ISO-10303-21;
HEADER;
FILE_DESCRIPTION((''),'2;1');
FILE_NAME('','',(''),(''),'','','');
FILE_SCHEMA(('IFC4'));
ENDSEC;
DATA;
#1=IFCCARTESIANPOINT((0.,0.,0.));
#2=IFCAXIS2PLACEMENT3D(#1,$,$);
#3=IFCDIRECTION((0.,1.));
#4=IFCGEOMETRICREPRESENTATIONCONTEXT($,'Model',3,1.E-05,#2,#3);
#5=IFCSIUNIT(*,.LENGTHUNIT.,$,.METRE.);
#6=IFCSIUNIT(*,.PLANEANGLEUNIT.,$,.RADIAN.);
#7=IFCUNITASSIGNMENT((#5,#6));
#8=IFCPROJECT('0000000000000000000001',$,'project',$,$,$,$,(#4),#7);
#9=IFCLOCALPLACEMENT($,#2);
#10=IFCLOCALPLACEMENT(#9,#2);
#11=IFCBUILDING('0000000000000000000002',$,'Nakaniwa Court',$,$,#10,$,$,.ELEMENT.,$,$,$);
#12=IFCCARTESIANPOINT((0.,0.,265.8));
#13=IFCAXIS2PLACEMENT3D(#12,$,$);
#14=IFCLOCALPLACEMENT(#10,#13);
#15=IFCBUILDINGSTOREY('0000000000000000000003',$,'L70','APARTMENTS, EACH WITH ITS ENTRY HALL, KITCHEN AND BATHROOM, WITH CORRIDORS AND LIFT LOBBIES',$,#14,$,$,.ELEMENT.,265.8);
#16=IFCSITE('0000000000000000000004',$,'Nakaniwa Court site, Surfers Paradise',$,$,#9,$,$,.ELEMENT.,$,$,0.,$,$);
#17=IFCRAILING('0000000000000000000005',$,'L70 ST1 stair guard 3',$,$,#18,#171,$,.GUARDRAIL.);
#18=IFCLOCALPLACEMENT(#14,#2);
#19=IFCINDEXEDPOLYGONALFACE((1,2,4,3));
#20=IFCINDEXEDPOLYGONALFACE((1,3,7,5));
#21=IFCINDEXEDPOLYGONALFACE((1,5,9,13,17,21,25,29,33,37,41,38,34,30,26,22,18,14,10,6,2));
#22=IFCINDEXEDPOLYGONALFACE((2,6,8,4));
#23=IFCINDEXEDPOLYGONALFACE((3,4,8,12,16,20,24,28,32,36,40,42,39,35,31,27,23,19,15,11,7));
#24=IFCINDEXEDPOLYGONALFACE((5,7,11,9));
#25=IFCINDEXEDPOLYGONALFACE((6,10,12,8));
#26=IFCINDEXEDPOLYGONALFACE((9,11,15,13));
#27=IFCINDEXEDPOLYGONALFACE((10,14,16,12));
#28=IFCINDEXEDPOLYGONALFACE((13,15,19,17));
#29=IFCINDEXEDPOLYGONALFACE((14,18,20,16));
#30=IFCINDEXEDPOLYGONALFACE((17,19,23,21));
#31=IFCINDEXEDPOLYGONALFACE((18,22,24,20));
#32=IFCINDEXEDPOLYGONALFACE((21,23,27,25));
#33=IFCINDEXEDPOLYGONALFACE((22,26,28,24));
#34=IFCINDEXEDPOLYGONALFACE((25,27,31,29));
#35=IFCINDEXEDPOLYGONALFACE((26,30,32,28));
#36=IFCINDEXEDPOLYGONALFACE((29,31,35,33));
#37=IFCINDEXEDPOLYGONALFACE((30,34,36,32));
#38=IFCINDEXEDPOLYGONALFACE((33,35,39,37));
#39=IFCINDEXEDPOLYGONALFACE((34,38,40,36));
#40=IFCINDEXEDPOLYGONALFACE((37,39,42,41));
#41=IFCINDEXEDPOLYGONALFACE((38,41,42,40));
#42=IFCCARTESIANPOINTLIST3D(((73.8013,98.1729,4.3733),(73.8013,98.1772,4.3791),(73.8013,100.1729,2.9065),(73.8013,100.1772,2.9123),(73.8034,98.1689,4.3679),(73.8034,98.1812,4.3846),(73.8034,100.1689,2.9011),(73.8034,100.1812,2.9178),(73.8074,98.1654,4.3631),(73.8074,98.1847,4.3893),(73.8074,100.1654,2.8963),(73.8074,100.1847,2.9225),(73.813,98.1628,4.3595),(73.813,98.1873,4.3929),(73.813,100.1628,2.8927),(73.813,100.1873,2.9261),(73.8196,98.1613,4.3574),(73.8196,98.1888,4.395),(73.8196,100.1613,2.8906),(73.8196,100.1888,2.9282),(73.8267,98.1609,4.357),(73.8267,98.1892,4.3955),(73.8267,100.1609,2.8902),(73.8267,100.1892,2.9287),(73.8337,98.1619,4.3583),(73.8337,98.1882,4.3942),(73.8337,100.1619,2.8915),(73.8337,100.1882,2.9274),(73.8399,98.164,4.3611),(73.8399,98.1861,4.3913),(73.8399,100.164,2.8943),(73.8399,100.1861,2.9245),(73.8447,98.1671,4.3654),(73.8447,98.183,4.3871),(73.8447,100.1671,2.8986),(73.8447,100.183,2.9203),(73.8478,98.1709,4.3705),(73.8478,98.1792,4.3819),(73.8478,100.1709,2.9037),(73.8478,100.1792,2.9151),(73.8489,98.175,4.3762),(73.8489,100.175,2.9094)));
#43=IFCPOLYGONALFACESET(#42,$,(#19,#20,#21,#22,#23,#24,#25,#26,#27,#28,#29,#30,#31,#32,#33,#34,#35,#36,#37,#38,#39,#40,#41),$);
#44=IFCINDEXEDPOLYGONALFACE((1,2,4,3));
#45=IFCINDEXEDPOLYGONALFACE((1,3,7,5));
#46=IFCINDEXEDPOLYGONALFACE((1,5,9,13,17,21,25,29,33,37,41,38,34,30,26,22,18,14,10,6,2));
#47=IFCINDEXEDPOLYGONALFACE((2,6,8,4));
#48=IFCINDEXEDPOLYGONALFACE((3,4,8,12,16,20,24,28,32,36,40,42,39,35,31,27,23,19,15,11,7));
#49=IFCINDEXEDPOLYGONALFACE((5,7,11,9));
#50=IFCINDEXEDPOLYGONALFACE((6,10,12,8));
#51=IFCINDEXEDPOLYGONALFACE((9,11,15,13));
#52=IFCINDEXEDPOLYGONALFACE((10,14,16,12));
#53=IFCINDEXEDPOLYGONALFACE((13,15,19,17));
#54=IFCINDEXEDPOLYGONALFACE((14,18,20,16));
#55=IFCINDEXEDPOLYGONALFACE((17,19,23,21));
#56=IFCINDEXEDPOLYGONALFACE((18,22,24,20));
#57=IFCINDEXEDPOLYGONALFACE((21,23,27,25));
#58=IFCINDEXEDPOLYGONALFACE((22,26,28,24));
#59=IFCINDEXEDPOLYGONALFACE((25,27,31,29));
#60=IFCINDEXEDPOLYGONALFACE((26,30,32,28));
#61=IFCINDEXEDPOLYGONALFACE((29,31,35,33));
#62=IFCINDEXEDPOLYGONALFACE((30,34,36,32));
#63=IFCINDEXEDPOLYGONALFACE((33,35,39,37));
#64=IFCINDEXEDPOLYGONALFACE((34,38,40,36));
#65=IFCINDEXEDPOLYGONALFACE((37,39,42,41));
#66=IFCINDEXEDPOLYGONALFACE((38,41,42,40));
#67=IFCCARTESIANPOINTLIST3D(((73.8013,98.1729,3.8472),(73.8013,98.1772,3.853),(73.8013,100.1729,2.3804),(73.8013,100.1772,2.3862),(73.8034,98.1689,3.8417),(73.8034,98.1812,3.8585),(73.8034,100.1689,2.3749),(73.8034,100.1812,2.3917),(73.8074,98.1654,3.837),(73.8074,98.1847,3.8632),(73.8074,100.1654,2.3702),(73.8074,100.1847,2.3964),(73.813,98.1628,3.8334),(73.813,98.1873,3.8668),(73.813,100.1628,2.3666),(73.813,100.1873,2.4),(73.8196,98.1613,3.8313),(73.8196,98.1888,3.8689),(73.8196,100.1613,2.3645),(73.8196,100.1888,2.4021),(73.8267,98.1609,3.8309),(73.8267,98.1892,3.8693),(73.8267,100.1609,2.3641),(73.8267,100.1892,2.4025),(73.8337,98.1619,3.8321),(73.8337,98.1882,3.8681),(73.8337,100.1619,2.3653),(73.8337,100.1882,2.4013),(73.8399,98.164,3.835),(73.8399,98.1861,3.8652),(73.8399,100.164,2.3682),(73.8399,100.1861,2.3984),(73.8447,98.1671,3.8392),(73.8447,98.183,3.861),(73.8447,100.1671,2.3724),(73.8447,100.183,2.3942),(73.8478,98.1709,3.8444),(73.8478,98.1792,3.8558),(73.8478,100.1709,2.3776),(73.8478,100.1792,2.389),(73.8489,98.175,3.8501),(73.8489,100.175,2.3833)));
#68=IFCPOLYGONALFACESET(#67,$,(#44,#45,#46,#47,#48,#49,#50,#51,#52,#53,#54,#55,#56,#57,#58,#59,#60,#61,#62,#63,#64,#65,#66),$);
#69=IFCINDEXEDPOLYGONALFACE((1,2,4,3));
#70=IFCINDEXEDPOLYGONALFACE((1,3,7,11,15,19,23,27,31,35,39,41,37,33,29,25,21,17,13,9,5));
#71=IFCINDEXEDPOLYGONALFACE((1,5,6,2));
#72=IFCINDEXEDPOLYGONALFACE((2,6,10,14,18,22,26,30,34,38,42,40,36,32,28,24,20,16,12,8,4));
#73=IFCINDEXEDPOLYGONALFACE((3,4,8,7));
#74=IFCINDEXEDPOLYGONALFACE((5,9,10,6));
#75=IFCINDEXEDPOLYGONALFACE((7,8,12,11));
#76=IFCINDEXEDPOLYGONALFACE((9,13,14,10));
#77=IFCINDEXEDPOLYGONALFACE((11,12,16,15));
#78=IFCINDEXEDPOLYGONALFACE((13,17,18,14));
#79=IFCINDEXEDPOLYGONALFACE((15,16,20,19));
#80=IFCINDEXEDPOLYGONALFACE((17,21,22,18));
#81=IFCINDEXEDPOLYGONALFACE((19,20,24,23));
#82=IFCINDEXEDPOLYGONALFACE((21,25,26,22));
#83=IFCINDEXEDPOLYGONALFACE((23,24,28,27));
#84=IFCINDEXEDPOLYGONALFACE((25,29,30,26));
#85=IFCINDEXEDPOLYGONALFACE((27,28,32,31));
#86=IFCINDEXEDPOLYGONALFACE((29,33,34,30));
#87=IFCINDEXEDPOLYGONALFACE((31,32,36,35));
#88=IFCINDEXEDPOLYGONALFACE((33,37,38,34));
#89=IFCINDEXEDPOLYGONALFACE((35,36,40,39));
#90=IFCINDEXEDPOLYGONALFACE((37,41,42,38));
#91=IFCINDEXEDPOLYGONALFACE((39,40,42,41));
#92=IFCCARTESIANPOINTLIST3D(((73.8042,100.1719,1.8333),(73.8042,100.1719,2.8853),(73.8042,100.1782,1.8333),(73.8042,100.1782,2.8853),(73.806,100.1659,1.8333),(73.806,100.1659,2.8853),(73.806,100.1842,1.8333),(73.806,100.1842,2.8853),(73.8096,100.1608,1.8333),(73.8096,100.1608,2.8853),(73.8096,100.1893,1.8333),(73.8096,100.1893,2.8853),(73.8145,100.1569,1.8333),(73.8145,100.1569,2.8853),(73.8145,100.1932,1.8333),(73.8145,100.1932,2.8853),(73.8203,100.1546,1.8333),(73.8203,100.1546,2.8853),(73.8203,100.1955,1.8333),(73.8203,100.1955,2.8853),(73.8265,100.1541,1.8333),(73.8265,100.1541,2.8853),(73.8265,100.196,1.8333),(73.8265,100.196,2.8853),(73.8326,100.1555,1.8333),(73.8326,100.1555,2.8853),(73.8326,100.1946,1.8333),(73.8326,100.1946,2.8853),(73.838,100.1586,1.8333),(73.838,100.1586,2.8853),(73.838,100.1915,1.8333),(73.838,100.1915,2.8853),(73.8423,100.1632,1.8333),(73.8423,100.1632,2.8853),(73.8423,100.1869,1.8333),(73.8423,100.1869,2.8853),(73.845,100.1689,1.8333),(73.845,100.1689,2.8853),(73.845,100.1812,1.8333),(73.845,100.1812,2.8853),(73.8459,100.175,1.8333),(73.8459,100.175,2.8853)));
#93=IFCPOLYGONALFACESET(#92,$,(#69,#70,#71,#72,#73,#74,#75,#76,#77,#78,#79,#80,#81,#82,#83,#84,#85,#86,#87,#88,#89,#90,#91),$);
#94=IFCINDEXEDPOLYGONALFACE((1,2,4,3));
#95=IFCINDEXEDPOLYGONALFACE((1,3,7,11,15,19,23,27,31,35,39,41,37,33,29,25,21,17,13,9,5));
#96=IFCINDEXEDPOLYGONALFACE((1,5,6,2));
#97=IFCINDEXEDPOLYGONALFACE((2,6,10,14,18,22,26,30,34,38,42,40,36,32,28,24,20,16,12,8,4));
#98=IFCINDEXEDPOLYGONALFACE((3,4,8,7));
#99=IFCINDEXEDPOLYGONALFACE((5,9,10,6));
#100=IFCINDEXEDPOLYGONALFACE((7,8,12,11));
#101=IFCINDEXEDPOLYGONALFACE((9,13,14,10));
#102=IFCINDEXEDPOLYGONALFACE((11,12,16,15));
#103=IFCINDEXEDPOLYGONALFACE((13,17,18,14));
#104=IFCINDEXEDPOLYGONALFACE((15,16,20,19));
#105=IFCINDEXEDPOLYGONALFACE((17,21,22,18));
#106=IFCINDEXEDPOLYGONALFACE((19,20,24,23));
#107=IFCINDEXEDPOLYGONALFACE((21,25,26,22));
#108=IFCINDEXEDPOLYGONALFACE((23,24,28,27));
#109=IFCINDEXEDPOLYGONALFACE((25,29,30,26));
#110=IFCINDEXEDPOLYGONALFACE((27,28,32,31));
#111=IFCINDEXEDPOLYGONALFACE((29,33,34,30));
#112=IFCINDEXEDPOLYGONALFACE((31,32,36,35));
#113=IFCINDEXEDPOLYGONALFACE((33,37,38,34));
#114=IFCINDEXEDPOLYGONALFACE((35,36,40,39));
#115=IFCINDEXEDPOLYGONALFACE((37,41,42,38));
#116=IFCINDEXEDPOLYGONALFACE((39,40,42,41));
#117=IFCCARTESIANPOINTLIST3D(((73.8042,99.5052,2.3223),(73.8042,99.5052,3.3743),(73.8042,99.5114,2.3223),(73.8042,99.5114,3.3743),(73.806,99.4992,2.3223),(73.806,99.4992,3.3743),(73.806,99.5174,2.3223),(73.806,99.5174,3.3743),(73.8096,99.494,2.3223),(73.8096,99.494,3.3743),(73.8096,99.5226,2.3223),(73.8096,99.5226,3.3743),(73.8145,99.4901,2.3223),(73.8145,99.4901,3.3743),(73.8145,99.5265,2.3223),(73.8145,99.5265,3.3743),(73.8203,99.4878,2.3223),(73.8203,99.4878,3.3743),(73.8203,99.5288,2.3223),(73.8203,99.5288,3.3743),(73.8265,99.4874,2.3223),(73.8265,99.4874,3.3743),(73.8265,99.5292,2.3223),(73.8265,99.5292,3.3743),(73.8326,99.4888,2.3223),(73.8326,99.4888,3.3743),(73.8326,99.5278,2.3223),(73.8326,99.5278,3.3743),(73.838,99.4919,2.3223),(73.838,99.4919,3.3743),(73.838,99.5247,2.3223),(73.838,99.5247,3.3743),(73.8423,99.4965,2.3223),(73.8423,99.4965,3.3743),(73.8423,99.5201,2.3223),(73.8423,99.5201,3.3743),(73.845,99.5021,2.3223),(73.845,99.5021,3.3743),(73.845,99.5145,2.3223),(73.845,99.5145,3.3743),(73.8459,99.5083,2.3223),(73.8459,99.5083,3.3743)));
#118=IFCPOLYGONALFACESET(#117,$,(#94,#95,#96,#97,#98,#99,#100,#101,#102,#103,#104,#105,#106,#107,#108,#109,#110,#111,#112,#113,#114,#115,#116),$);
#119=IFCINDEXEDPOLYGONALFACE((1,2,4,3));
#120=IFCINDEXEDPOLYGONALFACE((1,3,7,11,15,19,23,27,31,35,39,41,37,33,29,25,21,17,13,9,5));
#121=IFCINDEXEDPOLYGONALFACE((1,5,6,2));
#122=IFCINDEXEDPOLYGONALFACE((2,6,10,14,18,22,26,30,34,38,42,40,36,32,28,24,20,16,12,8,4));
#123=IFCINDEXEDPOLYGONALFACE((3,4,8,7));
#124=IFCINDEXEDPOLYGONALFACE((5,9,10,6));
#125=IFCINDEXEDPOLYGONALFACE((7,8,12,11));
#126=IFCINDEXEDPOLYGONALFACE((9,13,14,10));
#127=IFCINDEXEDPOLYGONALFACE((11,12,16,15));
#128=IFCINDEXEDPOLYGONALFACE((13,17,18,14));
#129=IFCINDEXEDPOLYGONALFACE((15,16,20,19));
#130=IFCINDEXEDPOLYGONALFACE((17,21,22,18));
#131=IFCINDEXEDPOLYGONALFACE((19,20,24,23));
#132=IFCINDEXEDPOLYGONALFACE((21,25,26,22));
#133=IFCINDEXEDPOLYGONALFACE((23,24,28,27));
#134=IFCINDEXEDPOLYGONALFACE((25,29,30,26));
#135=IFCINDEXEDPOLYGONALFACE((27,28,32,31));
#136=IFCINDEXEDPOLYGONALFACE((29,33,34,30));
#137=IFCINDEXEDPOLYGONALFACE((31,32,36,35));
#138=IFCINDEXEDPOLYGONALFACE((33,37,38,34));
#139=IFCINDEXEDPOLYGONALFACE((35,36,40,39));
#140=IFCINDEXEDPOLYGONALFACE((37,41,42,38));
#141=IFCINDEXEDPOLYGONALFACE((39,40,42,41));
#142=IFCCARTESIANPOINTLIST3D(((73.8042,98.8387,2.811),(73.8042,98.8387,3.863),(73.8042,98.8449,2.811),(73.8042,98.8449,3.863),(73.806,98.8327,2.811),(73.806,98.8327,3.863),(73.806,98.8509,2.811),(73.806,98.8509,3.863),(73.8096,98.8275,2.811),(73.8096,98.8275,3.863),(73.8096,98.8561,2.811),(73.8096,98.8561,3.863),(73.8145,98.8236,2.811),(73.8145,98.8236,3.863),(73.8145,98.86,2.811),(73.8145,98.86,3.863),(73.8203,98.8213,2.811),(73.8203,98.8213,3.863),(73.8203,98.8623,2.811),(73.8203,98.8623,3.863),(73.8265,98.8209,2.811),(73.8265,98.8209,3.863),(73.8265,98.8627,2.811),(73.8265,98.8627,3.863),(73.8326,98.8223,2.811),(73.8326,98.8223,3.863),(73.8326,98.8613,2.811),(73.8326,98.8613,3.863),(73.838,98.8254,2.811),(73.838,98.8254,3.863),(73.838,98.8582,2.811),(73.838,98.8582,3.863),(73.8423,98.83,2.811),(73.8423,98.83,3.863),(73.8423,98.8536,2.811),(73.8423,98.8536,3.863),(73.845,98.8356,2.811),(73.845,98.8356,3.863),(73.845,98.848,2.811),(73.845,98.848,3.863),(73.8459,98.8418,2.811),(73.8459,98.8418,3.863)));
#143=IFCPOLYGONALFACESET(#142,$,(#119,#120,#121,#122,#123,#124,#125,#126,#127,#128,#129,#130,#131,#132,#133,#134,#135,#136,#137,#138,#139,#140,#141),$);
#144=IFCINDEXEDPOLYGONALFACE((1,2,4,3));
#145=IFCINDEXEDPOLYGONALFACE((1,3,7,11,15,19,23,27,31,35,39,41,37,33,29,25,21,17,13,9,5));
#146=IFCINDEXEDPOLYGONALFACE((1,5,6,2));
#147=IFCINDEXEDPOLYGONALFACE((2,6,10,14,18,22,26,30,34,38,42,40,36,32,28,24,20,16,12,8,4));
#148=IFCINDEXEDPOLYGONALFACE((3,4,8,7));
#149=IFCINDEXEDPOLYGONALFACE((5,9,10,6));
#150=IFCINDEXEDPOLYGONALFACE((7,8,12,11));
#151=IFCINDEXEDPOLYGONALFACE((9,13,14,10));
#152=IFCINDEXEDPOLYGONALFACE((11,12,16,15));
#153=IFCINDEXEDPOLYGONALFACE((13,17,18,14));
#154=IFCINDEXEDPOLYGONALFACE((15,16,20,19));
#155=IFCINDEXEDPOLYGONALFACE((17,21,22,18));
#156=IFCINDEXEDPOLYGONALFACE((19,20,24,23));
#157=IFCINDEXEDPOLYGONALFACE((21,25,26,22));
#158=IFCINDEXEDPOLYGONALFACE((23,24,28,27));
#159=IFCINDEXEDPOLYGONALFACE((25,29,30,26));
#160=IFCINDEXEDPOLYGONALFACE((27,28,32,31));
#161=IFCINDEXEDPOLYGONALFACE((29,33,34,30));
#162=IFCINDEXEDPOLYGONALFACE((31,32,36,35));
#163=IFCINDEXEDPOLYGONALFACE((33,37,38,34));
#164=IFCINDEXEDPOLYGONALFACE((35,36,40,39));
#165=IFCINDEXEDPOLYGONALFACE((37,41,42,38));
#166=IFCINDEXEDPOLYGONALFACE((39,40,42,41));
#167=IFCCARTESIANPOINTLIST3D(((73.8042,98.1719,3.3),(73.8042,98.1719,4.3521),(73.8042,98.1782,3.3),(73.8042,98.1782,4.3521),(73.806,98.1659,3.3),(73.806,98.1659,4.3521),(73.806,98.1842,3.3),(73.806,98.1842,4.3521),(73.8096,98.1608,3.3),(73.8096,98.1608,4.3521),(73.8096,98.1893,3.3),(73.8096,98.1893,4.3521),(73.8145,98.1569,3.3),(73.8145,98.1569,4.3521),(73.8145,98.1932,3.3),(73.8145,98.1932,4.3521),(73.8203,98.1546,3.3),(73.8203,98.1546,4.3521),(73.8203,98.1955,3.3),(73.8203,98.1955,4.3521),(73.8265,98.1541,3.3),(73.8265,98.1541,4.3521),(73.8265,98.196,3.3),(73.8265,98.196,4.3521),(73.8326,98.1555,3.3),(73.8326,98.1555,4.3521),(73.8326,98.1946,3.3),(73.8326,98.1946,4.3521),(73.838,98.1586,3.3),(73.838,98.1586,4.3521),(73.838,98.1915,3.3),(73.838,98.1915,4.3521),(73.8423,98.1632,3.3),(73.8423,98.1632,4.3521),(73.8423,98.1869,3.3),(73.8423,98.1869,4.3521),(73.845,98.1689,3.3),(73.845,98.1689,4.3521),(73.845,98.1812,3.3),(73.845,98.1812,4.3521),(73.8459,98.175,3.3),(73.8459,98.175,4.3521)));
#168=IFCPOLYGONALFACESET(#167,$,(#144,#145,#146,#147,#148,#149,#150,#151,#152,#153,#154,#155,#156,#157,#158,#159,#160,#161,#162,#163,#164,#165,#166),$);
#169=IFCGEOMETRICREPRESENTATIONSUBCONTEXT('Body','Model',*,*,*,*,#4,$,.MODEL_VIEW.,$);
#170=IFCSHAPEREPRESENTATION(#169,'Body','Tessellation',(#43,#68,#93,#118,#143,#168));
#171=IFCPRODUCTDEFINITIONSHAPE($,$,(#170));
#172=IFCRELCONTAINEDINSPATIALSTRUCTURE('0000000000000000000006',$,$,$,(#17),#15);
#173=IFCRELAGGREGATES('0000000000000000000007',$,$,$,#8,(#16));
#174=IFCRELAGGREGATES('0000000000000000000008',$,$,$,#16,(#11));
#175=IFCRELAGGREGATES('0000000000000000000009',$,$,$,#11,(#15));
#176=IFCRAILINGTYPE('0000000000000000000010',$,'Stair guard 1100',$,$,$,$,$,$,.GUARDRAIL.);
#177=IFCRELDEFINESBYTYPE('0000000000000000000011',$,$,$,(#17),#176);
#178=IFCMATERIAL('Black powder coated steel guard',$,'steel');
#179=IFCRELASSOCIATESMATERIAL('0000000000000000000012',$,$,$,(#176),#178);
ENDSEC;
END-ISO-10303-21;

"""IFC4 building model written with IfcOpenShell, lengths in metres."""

from ifc_helpers import new_model, si_unit, direction, frame, origin, origin_2d, place, context, subcontext, project, spatial, circle, extrude, material, type_object, element, save


model = new_model("IFC4")

# Units and contexts
model_context = context("Model", 3, precision=1e-05, world=origin(), true_north=direction((0.0, 1.0)))
body_context = subcontext(model_context, "Body", "Model", "MODEL_VIEW")
ifc_project = project(units=[si_unit("LENGTHUNIT", "METRE"), si_unit("PLANEANGLEUNIT", "RADIAN")], contexts=[model_context])

# Site, building, storey
site_placement = place(None, origin())
site = spatial("IfcSite", under=ifc_project, at=site_placement, Name="Nakaniwa Court site, Surfers Paradise", CompositionType="ELEMENT", RefElevation=0.0)
building_placement = place(site_placement, origin())
building = spatial("IfcBuilding", under=site, at=building_placement, Name="Nakaniwa Court", CompositionType="ELEMENT")
storey_placement = place(building_placement, frame((0.0, 0.0, 265.8)))
storey = spatial("IfcBuildingStorey", under=building, at=storey_placement, Name="L70", Description="APARTMENTS, EACH WITH ITS ENTRY HALL, KITCHEN AND BATHROOM, WITH CORRIDORS AND LIFT LOBBIES", CompositionType="ELEMENT", Elevation=265.8)

# Railing
ifc_material_1 = material(Name="Black powder coated steel guard", Category="steel")
railing_type_1 = type_object("IfcRailingType", Name="Stair guard 1100", PredefinedType="GUARDRAIL", material=ifc_material_1)
railing_1_placement = place(storey_placement, frame((73.825, 100.175, 1.8333)))
element("IfcRailing", 1, at=railing_1_placement, inside=storey, type_object=railing_type_1, Name="L70 ST1 stair guard 3", PredefinedType="GUARDRAIL", context=body_context, shape_type="SweptSolid", body=[
    extrude(circle(Radius=0.0239, at=origin_2d()), frame((0.0, 0.0, 1.0762), z_axis=(0.0, -0.80638, 0.591398), x_axis=(1.0, 0.0, 0.0)), (0.0, 0.0, 1.0), 2.4802),
    extrude(circle(Radius=0.0239, at=origin_2d()), frame((0.0, 0.0, 0.55), z_axis=(0.0, -0.80638, 0.591398), x_axis=(1.0, 0.0, 0.0)), (0.0, 0.0, 1.0), 2.4802),
    extrude(circle(Radius=0.021, at=origin_2d()), origin(), (0.0, 0.0, 1.0), 1.052),
    extrude(circle(Radius=0.021, at=origin_2d()), frame((0.0, -0.6667, 0.489)), (0.0, 0.0, 1.0), 1.052),
    extrude(circle(Radius=0.021, at=origin_2d()), frame((0.0, -1.3333, 0.9778)), (0.0, 0.0, 1.0), 1.052),
    extrude(circle(Radius=0.021, at=origin_2d()), frame((0.0, -2.0, 1.4668)), (0.0, 0.0, 1.0), 1.052),
])

save(model, "model.ifc")
